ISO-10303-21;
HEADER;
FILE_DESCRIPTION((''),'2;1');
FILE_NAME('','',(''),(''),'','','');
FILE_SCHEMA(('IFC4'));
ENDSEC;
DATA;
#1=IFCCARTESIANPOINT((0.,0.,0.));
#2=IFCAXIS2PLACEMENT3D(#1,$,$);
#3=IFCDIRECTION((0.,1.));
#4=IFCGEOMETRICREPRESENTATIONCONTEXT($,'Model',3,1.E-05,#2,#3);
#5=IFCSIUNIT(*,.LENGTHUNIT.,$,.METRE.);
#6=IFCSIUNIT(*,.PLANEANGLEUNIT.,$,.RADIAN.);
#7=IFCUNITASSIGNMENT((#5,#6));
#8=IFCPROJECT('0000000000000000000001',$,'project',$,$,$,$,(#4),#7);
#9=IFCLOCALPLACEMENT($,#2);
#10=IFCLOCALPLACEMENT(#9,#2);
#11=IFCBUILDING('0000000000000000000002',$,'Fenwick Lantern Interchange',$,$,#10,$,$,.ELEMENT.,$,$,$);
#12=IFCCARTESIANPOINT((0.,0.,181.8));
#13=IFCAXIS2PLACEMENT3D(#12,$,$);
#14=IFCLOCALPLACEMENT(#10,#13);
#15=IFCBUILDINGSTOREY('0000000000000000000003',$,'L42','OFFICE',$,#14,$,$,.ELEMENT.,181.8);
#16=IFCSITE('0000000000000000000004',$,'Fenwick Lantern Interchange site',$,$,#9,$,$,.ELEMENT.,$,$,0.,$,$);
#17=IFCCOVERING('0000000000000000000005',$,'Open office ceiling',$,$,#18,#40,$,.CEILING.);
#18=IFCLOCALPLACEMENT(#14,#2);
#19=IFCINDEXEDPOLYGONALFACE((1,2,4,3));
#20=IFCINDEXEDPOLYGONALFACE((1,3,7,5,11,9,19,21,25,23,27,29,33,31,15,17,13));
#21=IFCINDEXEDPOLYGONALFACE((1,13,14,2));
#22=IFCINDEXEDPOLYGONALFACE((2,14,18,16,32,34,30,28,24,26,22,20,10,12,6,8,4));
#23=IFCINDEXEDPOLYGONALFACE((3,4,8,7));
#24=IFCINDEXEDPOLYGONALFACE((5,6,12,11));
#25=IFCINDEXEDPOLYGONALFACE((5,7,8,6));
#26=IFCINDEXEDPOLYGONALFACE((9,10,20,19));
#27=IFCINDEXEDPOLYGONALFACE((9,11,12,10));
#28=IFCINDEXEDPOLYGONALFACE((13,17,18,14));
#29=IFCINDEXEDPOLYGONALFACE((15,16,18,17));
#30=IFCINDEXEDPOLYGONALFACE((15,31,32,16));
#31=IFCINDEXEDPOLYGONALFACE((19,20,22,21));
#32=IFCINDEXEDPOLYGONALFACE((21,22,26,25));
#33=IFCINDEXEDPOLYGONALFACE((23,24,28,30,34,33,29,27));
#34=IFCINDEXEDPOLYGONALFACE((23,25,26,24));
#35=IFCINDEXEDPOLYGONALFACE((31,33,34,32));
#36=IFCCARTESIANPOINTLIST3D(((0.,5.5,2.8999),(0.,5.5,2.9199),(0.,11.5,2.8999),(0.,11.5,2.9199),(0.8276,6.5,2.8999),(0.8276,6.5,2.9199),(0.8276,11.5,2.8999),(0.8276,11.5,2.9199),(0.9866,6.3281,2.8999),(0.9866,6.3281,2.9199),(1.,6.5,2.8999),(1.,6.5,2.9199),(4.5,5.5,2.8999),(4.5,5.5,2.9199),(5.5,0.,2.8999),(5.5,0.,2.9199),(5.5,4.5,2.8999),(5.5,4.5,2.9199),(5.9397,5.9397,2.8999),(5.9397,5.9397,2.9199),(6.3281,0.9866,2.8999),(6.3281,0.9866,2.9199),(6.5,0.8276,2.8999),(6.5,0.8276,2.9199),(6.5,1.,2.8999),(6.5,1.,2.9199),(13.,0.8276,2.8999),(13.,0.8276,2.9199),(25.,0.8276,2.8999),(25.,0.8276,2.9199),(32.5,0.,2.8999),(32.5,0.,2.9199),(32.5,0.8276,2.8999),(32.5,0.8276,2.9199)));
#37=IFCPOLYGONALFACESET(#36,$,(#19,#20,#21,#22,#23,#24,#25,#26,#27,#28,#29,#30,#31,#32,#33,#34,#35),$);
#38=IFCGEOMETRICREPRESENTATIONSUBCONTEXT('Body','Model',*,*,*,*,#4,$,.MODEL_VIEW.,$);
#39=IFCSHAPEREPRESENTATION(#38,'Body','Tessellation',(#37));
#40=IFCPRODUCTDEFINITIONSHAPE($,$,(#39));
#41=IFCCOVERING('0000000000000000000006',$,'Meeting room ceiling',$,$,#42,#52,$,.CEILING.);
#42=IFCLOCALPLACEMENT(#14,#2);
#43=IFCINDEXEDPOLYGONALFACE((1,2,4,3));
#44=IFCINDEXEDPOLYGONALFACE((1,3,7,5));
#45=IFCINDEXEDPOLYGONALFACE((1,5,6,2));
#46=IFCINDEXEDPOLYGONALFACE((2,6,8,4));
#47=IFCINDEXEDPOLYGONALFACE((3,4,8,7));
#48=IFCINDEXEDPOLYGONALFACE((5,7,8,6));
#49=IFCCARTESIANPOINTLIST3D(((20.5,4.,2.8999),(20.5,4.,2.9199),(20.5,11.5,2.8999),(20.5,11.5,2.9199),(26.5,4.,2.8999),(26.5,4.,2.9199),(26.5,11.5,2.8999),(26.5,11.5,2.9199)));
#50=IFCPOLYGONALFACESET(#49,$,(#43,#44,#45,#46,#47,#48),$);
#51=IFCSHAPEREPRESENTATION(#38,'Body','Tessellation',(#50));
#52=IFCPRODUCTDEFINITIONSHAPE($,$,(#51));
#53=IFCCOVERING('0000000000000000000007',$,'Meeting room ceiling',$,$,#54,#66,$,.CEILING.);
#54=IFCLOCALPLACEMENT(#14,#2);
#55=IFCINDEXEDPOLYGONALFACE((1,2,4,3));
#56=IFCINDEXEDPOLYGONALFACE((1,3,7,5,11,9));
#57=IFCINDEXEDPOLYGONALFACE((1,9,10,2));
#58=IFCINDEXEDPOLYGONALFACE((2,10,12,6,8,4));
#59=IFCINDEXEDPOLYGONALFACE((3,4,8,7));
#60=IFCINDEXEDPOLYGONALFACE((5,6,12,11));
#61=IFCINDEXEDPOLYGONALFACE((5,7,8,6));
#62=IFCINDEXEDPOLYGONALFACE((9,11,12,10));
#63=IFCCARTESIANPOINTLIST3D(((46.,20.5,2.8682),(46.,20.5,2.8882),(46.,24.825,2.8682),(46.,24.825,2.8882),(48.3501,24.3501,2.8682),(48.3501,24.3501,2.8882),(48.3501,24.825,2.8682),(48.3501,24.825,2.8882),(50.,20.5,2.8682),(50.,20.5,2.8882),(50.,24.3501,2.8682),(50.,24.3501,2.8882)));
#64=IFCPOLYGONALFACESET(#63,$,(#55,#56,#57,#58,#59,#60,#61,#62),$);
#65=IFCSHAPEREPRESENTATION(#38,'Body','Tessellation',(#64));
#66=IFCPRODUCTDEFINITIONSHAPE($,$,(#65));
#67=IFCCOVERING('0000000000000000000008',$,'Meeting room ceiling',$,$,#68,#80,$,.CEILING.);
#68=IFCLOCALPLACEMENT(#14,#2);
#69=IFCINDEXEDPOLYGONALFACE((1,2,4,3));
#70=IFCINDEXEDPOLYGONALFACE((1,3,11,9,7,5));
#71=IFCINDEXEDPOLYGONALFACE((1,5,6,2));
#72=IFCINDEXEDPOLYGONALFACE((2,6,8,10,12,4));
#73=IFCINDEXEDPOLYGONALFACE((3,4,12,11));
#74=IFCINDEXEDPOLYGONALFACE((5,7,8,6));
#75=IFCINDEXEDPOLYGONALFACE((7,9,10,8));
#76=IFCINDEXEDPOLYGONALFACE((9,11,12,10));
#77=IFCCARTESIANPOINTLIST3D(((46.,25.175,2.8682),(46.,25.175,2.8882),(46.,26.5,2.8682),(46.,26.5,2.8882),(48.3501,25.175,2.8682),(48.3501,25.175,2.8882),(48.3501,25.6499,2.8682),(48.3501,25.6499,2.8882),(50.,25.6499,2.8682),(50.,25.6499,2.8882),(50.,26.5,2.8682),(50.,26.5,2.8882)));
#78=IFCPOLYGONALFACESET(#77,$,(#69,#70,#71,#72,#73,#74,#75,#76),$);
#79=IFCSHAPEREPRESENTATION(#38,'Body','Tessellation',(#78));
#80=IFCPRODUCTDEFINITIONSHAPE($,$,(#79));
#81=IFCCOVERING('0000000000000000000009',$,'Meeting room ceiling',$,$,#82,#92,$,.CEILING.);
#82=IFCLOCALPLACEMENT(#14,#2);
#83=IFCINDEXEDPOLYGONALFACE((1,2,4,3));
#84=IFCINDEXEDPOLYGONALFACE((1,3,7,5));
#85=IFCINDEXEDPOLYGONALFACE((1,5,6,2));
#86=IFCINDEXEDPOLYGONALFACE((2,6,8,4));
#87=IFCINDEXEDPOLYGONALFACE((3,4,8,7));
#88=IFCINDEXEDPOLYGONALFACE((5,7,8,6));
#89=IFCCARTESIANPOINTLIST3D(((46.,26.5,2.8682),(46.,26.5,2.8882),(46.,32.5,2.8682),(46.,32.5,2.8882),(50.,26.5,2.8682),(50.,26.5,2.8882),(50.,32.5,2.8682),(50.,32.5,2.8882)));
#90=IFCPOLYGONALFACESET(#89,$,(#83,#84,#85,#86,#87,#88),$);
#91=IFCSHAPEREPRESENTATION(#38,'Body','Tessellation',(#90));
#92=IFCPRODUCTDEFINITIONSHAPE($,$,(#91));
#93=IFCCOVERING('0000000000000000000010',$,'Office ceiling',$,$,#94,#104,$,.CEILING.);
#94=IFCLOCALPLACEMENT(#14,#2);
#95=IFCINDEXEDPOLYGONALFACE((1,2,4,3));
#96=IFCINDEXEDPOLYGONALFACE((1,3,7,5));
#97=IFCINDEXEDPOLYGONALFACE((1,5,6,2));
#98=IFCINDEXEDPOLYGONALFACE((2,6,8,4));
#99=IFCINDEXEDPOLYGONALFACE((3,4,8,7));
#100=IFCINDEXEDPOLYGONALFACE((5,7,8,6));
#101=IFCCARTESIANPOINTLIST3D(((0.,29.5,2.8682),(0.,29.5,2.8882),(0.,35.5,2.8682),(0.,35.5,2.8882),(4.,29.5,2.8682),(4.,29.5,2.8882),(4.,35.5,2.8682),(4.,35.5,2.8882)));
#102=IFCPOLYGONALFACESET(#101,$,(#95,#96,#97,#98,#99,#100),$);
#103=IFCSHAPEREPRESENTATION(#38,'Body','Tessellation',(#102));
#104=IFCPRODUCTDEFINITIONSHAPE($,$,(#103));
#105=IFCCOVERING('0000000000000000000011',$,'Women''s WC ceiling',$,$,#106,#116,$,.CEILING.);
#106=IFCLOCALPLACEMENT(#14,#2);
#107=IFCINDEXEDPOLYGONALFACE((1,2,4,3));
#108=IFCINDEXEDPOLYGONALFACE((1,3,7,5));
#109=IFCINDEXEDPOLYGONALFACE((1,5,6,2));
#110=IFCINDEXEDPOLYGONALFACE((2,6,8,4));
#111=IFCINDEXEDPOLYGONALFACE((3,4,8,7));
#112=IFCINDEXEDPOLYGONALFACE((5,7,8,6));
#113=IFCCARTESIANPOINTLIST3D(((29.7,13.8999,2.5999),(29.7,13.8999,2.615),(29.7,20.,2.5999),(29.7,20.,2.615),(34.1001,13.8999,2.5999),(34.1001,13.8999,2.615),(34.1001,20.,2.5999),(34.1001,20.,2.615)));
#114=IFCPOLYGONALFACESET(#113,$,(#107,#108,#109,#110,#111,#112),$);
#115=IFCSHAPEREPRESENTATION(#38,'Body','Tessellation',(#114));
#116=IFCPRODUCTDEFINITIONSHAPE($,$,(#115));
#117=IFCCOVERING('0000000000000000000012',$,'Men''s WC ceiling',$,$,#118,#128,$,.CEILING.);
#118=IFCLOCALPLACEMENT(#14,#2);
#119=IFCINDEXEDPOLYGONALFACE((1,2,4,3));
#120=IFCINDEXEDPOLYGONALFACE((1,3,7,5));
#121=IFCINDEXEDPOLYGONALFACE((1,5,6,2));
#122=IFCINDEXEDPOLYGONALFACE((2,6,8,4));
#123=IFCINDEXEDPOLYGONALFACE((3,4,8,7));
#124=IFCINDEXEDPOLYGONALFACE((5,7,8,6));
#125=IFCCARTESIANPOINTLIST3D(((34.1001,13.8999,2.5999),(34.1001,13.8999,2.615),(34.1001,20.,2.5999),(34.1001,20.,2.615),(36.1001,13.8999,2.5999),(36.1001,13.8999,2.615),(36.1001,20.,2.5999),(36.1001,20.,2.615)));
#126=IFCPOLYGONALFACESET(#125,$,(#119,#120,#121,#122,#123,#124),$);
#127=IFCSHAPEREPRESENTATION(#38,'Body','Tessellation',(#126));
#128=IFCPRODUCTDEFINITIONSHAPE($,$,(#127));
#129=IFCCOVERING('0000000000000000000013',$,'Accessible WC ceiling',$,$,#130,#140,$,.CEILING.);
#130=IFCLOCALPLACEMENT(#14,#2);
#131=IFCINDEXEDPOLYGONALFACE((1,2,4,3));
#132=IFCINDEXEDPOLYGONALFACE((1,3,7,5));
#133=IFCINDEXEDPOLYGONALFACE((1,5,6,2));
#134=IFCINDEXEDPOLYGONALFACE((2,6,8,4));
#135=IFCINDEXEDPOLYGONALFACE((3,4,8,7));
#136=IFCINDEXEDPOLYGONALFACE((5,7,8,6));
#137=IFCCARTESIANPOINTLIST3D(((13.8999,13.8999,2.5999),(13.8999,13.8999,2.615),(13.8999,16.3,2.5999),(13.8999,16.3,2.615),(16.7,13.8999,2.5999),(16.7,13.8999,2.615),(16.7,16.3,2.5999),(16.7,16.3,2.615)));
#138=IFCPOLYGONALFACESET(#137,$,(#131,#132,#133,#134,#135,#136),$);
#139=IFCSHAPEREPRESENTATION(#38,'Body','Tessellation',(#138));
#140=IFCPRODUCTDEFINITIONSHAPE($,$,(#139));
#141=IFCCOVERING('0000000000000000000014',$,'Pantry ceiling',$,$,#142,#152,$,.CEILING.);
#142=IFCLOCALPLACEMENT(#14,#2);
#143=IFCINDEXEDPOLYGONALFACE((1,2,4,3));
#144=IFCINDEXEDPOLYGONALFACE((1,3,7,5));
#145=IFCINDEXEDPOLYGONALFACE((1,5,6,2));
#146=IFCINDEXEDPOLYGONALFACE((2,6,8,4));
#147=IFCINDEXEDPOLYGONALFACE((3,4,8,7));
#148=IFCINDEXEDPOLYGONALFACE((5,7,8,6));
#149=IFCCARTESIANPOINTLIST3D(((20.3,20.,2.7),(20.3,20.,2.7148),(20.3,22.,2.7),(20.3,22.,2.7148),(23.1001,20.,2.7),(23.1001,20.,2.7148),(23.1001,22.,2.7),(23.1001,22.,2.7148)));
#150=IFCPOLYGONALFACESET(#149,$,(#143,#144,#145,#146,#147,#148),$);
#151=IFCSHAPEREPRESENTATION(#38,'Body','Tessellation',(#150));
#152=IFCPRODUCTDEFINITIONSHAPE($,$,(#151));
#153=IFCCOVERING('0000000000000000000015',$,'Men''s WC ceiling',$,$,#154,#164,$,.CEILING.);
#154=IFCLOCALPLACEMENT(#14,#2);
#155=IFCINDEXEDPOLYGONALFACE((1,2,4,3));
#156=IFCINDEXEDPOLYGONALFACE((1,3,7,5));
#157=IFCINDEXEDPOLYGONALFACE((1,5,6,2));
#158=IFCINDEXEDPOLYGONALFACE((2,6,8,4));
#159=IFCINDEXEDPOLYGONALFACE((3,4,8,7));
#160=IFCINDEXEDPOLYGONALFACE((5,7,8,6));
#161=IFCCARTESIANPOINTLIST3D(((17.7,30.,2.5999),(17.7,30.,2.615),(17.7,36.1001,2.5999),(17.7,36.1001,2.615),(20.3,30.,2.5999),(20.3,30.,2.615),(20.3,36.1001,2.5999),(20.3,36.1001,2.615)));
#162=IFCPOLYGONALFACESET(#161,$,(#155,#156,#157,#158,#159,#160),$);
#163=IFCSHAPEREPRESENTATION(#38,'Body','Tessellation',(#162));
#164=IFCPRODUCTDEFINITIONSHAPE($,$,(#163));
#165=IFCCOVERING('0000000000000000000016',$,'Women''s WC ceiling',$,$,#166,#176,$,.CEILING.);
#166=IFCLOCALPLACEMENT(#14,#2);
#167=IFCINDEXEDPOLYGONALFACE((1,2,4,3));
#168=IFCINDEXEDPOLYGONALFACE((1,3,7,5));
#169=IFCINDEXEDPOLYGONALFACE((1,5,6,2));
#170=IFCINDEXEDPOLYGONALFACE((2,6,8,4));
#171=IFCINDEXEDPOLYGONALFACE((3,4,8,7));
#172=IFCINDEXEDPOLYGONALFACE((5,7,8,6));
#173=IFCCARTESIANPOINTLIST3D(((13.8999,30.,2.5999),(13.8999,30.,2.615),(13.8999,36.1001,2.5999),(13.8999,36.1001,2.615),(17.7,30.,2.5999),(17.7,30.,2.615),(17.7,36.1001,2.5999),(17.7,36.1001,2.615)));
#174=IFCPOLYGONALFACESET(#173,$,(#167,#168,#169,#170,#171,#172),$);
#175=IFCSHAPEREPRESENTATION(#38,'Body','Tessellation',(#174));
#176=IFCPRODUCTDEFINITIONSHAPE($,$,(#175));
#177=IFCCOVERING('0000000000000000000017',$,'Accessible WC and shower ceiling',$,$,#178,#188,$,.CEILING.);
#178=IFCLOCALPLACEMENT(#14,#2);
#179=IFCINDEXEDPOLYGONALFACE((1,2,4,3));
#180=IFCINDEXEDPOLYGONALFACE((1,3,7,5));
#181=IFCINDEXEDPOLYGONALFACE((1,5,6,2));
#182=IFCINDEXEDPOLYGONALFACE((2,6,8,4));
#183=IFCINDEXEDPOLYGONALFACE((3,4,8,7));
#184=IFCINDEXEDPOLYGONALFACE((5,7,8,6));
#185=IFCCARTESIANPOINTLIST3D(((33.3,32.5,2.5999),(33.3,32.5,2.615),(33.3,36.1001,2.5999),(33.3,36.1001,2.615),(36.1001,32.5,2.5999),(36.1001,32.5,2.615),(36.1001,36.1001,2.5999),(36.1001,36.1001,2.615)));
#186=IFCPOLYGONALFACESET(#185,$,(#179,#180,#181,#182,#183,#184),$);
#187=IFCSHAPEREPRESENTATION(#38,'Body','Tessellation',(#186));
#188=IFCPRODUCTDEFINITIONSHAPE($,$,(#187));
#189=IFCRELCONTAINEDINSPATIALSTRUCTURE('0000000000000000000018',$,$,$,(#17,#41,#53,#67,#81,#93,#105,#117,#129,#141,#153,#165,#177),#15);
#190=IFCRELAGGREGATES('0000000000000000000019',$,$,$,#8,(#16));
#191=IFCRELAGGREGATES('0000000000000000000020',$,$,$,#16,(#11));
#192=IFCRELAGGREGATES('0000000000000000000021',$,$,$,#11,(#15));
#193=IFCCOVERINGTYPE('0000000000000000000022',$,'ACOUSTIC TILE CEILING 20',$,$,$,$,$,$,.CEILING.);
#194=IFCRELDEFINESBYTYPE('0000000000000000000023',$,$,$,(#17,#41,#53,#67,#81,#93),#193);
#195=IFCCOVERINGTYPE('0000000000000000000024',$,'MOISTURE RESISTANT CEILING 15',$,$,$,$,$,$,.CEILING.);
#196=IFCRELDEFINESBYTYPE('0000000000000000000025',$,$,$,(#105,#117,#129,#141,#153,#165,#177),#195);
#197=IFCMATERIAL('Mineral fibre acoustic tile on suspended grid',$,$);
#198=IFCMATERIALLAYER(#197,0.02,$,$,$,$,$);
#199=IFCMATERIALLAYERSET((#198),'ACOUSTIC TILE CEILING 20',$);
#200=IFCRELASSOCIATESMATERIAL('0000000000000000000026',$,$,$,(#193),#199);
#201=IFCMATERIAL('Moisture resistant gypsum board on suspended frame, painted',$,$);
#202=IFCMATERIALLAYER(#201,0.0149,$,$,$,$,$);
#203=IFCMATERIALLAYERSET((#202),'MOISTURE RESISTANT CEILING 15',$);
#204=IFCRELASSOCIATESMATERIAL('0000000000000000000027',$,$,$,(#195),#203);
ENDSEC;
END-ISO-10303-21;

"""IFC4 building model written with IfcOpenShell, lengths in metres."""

from ifc_helpers import new_model, si_unit, direction, frame, origin, place, context, subcontext, project, spatial, polyline, outline, extrude, material, layer, layer_set, type_object, element, save


model = new_model("IFC4")

# Units and contexts
model_context = context("Model", 3, precision=1e-05, world=origin(), true_north=direction((0.0, 1.0)))
body_context = subcontext(model_context, "Body", "Model", "MODEL_VIEW")
ifc_project = project(units=[si_unit("LENGTHUNIT", "METRE"), si_unit("PLANEANGLEUNIT", "RADIAN")], contexts=[model_context])

# Site, building, storey
site_placement = place(None, origin())
site = spatial("IfcSite", under=ifc_project, at=site_placement, Name="Fenwick Lantern Interchange site", CompositionType="ELEMENT", RefElevation=0.0)
building_placement = place(site_placement, origin())
building = spatial("IfcBuilding", under=site, at=building_placement, Name="Fenwick Lantern Interchange", CompositionType="ELEMENT")
storey_placement = place(building_placement, frame((0.0, 0.0, 181.8)))
storey = spatial("IfcBuildingStorey", under=building, at=storey_placement, Name="L42", Description="OFFICE", CompositionType="ELEMENT", Elevation=181.8)

# Coverings
ifc_material_1 = material(Name="Mineral fibre acoustic tile on suspended grid")
ifc_layer_1 = layer(ifc_material_1, 0.02)
ifc_layer_set_1 = layer_set([ifc_layer_1], Name="ACOUSTIC TILE CEILING 20")
covering_type_1 = type_object("IfcCoveringType", Name="ACOUSTIC TILE CEILING 20", PredefinedType="CEILING", material=ifc_layer_set_1)
covering_1_placement = place(storey_placement, frame((0.0, 0.0, 2.8999)))
element("IfcCovering", 1, at=covering_1_placement, inside=storey, type_object=covering_type_1, Name="Open office ceiling", PredefinedType="CEILING", context=body_context, shape_type="SweptSolid", body=[
    extrude(outline(polyline([(32.5, 0.0), (32.5, 0.8276), (25.0, 0.8276), (13.0, 0.8276), (6.5, 0.8276), (6.5, 1.0), (6.3281, 0.9866), (5.9397, 5.9397), (0.9866, 6.3281), (1.0, 6.5), (0.8276, 6.5), (0.8276, 11.5), (0.0, 11.5), (0.0, 5.5), (4.5, 5.5), (5.5, 4.5), (5.5, 0.0), (32.5, 0.0)])), origin(), (0.0, 0.0, 1.0), 0.02),
])
covering_2_placement = place(storey_placement, frame((0.0, 0.0, 2.8999)))
element("IfcCovering", 2, at=covering_2_placement, inside=storey, type_object=covering_type_1, Name="Meeting room ceiling", PredefinedType="CEILING", context=body_context, shape_type="SweptSolid", body=[
    extrude(outline(polyline([(20.5, 4.0), (26.5, 4.0), (26.5, 11.5), (20.5, 11.5), (20.5, 4.0)])), origin(), (0.0, 0.0, 1.0), 0.02),
])
covering_3_placement = place(storey_placement, frame((0.0, 0.0, 2.8682)))
element("IfcCovering", 3, at=covering_3_placement, inside=storey, type_object=covering_type_1, Name="Meeting room ceiling", PredefinedType="CEILING", context=body_context, shape_type="SweptSolid", body=[
    extrude(outline(polyline([(46.0, 20.5), (50.0, 20.5), (50.0, 24.3501), (48.3501, 24.3501), (48.3501, 24.825), (46.0, 24.825), (46.0, 20.5)])), origin(), (0.0, 0.0, 1.0), 0.02),
])
covering_4_placement = place(storey_placement, frame((0.0, 0.0, 2.8682)))
element("IfcCovering", 4, at=covering_4_placement, inside=storey, type_object=covering_type_1, Name="Meeting room ceiling", PredefinedType="CEILING", context=body_context, shape_type="SweptSolid", body=[
    extrude(outline(polyline([(46.0, 26.5), (46.0, 25.175), (48.3501, 25.175), (48.3501, 25.6499), (50.0, 25.6499), (50.0, 26.5), (46.0, 26.5)])), origin(), (0.0, 0.0, 1.0), 0.02),
])
covering_5_placement = place(storey_placement, frame((0.0, 0.0, 2.8682)))
element("IfcCovering", 5, at=covering_5_placement, inside=storey, type_object=covering_type_1, Name="Meeting room ceiling", PredefinedType="CEILING", context=body_context, shape_type="SweptSolid", body=[
    extrude(outline(polyline([(50.0, 26.5), (50.0, 32.5), (46.0, 32.5), (46.0, 26.5), (50.0, 26.5)])), origin(), (0.0, 0.0, 1.0), 0.02),
])
covering_6_placement = place(storey_placement, frame((0.0, 0.0, 2.8682)))
element("IfcCovering", 6, at=covering_6_placement, inside=storey, type_object=covering_type_1, Name="Office ceiling", PredefinedType="CEILING", context=body_context, shape_type="SweptSolid", body=[
    extrude(outline(polyline([(0.0, 35.5), (0.0, 29.5), (4.0, 29.5), (4.0, 35.5), (0.0, 35.5)])), origin(), (0.0, 0.0, 1.0), 0.02),
])
ifc_material_2 = material(Name="Moisture resistant gypsum board on suspended frame, painted")
ifc_layer_2 = layer(ifc_material_2, 0.0149)
ifc_layer_set_2 = layer_set([ifc_layer_2], Name="MOISTURE RESISTANT CEILING 15")
covering_type_2 = type_object("IfcCoveringType", Name="MOISTURE RESISTANT CEILING 15", PredefinedType="CEILING", material=ifc_layer_set_2)
covering_7_placement = place(storey_placement, frame((0.0, 0.0, 2.5999)))
element("IfcCovering", 7, at=covering_7_placement, inside=storey, type_object=covering_type_2, Name="Women's WC ceiling", PredefinedType="CEILING", context=body_context, shape_type="SweptSolid", body=[
    extrude(outline(polyline([(29.7, 13.8999), (34.1001, 13.8999), (34.1001, 20.0), (29.7, 20.0), (29.7, 13.8999)])), origin(), (0.0, 0.0, 1.0), 0.0151),
])
covering_8_placement = place(storey_placement, frame((0.0, 0.0, 2.5999)))
element("IfcCovering", 8, at=covering_8_placement, inside=storey, type_object=covering_type_2, Name="Men's WC ceiling", PredefinedType="CEILING", context=body_context, shape_type="SweptSolid", body=[
    extrude(outline(polyline([(34.1001, 13.8999), (36.1001, 13.8999), (36.1001, 20.0), (34.1001, 20.0), (34.1001, 13.8999)])), origin(), (0.0, 0.0, 1.0), 0.0151),
])
covering_9_placement = place(storey_placement, frame((0.0, 0.0, 2.5999)))
element("IfcCovering", 9, at=covering_9_placement, inside=storey, type_object=covering_type_2, Name="Accessible WC ceiling", PredefinedType="CEILING", context=body_context, shape_type="SweptSolid", body=[
    extrude(outline(polyline([(13.8999, 13.8999), (16.7, 13.8999), (16.7, 16.3), (13.8999, 16.3), (13.8999, 13.8999)])), origin(), (0.0, 0.0, 1.0), 0.0151),
])
covering_10_placement = place(storey_placement, frame((0.0, 0.0, 2.7)))
element("IfcCovering", 10, at=covering_10_placement, inside=storey, type_object=covering_type_2, Name="Pantry ceiling", PredefinedType="CEILING", context=body_context, shape_type="SweptSolid", body=[
    extrude(outline(polyline([(20.3, 20.0), (23.1001, 20.0), (23.1001, 22.0), (20.3, 22.0), (20.3, 20.0)])), origin(), (0.0, 0.0, 1.0), 0.0149),
])
covering_11_placement = place(storey_placement, frame((0.0, 0.0, 2.5999)))
element("IfcCovering", 11, at=covering_11_placement, inside=storey, type_object=covering_type_2, Name="Men's WC ceiling", PredefinedType="CEILING", context=body_context, shape_type="SweptSolid", body=[
    extrude(outline(polyline([(20.3, 36.1001), (17.7, 36.1001), (17.7, 30.0), (20.3, 30.0), (20.3, 36.1001)])), origin(), (0.0, 0.0, 1.0), 0.0151),
])
covering_12_placement = place(storey_placement, frame((0.0, 0.0, 2.5999)))
element("IfcCovering", 12, at=covering_12_placement, inside=storey, type_object=covering_type_2, Name="Women's WC ceiling", PredefinedType="CEILING", context=body_context, shape_type="SweptSolid", body=[
    extrude(outline(polyline([(17.7, 36.1001), (13.8999, 36.1001), (13.8999, 30.0), (17.7, 30.0), (17.7, 36.1001)])), origin(), (0.0, 0.0, 1.0), 0.0151),
])
covering_13_placement = place(storey_placement, frame((0.0, 0.0, 2.5999)))
element("IfcCovering", 13, at=covering_13_placement, inside=storey, type_object=covering_type_2, Name="Accessible WC and shower ceiling", PredefinedType="CEILING", context=body_context, shape_type="SweptSolid", body=[
    extrude(outline(polyline([(36.1001, 36.1001), (33.3, 36.1001), (33.3, 32.5), (36.1001, 32.5), (36.1001, 36.1001)])), origin(), (0.0, 0.0, 1.0), 0.0151),
])

save(model, "model.ifc")
